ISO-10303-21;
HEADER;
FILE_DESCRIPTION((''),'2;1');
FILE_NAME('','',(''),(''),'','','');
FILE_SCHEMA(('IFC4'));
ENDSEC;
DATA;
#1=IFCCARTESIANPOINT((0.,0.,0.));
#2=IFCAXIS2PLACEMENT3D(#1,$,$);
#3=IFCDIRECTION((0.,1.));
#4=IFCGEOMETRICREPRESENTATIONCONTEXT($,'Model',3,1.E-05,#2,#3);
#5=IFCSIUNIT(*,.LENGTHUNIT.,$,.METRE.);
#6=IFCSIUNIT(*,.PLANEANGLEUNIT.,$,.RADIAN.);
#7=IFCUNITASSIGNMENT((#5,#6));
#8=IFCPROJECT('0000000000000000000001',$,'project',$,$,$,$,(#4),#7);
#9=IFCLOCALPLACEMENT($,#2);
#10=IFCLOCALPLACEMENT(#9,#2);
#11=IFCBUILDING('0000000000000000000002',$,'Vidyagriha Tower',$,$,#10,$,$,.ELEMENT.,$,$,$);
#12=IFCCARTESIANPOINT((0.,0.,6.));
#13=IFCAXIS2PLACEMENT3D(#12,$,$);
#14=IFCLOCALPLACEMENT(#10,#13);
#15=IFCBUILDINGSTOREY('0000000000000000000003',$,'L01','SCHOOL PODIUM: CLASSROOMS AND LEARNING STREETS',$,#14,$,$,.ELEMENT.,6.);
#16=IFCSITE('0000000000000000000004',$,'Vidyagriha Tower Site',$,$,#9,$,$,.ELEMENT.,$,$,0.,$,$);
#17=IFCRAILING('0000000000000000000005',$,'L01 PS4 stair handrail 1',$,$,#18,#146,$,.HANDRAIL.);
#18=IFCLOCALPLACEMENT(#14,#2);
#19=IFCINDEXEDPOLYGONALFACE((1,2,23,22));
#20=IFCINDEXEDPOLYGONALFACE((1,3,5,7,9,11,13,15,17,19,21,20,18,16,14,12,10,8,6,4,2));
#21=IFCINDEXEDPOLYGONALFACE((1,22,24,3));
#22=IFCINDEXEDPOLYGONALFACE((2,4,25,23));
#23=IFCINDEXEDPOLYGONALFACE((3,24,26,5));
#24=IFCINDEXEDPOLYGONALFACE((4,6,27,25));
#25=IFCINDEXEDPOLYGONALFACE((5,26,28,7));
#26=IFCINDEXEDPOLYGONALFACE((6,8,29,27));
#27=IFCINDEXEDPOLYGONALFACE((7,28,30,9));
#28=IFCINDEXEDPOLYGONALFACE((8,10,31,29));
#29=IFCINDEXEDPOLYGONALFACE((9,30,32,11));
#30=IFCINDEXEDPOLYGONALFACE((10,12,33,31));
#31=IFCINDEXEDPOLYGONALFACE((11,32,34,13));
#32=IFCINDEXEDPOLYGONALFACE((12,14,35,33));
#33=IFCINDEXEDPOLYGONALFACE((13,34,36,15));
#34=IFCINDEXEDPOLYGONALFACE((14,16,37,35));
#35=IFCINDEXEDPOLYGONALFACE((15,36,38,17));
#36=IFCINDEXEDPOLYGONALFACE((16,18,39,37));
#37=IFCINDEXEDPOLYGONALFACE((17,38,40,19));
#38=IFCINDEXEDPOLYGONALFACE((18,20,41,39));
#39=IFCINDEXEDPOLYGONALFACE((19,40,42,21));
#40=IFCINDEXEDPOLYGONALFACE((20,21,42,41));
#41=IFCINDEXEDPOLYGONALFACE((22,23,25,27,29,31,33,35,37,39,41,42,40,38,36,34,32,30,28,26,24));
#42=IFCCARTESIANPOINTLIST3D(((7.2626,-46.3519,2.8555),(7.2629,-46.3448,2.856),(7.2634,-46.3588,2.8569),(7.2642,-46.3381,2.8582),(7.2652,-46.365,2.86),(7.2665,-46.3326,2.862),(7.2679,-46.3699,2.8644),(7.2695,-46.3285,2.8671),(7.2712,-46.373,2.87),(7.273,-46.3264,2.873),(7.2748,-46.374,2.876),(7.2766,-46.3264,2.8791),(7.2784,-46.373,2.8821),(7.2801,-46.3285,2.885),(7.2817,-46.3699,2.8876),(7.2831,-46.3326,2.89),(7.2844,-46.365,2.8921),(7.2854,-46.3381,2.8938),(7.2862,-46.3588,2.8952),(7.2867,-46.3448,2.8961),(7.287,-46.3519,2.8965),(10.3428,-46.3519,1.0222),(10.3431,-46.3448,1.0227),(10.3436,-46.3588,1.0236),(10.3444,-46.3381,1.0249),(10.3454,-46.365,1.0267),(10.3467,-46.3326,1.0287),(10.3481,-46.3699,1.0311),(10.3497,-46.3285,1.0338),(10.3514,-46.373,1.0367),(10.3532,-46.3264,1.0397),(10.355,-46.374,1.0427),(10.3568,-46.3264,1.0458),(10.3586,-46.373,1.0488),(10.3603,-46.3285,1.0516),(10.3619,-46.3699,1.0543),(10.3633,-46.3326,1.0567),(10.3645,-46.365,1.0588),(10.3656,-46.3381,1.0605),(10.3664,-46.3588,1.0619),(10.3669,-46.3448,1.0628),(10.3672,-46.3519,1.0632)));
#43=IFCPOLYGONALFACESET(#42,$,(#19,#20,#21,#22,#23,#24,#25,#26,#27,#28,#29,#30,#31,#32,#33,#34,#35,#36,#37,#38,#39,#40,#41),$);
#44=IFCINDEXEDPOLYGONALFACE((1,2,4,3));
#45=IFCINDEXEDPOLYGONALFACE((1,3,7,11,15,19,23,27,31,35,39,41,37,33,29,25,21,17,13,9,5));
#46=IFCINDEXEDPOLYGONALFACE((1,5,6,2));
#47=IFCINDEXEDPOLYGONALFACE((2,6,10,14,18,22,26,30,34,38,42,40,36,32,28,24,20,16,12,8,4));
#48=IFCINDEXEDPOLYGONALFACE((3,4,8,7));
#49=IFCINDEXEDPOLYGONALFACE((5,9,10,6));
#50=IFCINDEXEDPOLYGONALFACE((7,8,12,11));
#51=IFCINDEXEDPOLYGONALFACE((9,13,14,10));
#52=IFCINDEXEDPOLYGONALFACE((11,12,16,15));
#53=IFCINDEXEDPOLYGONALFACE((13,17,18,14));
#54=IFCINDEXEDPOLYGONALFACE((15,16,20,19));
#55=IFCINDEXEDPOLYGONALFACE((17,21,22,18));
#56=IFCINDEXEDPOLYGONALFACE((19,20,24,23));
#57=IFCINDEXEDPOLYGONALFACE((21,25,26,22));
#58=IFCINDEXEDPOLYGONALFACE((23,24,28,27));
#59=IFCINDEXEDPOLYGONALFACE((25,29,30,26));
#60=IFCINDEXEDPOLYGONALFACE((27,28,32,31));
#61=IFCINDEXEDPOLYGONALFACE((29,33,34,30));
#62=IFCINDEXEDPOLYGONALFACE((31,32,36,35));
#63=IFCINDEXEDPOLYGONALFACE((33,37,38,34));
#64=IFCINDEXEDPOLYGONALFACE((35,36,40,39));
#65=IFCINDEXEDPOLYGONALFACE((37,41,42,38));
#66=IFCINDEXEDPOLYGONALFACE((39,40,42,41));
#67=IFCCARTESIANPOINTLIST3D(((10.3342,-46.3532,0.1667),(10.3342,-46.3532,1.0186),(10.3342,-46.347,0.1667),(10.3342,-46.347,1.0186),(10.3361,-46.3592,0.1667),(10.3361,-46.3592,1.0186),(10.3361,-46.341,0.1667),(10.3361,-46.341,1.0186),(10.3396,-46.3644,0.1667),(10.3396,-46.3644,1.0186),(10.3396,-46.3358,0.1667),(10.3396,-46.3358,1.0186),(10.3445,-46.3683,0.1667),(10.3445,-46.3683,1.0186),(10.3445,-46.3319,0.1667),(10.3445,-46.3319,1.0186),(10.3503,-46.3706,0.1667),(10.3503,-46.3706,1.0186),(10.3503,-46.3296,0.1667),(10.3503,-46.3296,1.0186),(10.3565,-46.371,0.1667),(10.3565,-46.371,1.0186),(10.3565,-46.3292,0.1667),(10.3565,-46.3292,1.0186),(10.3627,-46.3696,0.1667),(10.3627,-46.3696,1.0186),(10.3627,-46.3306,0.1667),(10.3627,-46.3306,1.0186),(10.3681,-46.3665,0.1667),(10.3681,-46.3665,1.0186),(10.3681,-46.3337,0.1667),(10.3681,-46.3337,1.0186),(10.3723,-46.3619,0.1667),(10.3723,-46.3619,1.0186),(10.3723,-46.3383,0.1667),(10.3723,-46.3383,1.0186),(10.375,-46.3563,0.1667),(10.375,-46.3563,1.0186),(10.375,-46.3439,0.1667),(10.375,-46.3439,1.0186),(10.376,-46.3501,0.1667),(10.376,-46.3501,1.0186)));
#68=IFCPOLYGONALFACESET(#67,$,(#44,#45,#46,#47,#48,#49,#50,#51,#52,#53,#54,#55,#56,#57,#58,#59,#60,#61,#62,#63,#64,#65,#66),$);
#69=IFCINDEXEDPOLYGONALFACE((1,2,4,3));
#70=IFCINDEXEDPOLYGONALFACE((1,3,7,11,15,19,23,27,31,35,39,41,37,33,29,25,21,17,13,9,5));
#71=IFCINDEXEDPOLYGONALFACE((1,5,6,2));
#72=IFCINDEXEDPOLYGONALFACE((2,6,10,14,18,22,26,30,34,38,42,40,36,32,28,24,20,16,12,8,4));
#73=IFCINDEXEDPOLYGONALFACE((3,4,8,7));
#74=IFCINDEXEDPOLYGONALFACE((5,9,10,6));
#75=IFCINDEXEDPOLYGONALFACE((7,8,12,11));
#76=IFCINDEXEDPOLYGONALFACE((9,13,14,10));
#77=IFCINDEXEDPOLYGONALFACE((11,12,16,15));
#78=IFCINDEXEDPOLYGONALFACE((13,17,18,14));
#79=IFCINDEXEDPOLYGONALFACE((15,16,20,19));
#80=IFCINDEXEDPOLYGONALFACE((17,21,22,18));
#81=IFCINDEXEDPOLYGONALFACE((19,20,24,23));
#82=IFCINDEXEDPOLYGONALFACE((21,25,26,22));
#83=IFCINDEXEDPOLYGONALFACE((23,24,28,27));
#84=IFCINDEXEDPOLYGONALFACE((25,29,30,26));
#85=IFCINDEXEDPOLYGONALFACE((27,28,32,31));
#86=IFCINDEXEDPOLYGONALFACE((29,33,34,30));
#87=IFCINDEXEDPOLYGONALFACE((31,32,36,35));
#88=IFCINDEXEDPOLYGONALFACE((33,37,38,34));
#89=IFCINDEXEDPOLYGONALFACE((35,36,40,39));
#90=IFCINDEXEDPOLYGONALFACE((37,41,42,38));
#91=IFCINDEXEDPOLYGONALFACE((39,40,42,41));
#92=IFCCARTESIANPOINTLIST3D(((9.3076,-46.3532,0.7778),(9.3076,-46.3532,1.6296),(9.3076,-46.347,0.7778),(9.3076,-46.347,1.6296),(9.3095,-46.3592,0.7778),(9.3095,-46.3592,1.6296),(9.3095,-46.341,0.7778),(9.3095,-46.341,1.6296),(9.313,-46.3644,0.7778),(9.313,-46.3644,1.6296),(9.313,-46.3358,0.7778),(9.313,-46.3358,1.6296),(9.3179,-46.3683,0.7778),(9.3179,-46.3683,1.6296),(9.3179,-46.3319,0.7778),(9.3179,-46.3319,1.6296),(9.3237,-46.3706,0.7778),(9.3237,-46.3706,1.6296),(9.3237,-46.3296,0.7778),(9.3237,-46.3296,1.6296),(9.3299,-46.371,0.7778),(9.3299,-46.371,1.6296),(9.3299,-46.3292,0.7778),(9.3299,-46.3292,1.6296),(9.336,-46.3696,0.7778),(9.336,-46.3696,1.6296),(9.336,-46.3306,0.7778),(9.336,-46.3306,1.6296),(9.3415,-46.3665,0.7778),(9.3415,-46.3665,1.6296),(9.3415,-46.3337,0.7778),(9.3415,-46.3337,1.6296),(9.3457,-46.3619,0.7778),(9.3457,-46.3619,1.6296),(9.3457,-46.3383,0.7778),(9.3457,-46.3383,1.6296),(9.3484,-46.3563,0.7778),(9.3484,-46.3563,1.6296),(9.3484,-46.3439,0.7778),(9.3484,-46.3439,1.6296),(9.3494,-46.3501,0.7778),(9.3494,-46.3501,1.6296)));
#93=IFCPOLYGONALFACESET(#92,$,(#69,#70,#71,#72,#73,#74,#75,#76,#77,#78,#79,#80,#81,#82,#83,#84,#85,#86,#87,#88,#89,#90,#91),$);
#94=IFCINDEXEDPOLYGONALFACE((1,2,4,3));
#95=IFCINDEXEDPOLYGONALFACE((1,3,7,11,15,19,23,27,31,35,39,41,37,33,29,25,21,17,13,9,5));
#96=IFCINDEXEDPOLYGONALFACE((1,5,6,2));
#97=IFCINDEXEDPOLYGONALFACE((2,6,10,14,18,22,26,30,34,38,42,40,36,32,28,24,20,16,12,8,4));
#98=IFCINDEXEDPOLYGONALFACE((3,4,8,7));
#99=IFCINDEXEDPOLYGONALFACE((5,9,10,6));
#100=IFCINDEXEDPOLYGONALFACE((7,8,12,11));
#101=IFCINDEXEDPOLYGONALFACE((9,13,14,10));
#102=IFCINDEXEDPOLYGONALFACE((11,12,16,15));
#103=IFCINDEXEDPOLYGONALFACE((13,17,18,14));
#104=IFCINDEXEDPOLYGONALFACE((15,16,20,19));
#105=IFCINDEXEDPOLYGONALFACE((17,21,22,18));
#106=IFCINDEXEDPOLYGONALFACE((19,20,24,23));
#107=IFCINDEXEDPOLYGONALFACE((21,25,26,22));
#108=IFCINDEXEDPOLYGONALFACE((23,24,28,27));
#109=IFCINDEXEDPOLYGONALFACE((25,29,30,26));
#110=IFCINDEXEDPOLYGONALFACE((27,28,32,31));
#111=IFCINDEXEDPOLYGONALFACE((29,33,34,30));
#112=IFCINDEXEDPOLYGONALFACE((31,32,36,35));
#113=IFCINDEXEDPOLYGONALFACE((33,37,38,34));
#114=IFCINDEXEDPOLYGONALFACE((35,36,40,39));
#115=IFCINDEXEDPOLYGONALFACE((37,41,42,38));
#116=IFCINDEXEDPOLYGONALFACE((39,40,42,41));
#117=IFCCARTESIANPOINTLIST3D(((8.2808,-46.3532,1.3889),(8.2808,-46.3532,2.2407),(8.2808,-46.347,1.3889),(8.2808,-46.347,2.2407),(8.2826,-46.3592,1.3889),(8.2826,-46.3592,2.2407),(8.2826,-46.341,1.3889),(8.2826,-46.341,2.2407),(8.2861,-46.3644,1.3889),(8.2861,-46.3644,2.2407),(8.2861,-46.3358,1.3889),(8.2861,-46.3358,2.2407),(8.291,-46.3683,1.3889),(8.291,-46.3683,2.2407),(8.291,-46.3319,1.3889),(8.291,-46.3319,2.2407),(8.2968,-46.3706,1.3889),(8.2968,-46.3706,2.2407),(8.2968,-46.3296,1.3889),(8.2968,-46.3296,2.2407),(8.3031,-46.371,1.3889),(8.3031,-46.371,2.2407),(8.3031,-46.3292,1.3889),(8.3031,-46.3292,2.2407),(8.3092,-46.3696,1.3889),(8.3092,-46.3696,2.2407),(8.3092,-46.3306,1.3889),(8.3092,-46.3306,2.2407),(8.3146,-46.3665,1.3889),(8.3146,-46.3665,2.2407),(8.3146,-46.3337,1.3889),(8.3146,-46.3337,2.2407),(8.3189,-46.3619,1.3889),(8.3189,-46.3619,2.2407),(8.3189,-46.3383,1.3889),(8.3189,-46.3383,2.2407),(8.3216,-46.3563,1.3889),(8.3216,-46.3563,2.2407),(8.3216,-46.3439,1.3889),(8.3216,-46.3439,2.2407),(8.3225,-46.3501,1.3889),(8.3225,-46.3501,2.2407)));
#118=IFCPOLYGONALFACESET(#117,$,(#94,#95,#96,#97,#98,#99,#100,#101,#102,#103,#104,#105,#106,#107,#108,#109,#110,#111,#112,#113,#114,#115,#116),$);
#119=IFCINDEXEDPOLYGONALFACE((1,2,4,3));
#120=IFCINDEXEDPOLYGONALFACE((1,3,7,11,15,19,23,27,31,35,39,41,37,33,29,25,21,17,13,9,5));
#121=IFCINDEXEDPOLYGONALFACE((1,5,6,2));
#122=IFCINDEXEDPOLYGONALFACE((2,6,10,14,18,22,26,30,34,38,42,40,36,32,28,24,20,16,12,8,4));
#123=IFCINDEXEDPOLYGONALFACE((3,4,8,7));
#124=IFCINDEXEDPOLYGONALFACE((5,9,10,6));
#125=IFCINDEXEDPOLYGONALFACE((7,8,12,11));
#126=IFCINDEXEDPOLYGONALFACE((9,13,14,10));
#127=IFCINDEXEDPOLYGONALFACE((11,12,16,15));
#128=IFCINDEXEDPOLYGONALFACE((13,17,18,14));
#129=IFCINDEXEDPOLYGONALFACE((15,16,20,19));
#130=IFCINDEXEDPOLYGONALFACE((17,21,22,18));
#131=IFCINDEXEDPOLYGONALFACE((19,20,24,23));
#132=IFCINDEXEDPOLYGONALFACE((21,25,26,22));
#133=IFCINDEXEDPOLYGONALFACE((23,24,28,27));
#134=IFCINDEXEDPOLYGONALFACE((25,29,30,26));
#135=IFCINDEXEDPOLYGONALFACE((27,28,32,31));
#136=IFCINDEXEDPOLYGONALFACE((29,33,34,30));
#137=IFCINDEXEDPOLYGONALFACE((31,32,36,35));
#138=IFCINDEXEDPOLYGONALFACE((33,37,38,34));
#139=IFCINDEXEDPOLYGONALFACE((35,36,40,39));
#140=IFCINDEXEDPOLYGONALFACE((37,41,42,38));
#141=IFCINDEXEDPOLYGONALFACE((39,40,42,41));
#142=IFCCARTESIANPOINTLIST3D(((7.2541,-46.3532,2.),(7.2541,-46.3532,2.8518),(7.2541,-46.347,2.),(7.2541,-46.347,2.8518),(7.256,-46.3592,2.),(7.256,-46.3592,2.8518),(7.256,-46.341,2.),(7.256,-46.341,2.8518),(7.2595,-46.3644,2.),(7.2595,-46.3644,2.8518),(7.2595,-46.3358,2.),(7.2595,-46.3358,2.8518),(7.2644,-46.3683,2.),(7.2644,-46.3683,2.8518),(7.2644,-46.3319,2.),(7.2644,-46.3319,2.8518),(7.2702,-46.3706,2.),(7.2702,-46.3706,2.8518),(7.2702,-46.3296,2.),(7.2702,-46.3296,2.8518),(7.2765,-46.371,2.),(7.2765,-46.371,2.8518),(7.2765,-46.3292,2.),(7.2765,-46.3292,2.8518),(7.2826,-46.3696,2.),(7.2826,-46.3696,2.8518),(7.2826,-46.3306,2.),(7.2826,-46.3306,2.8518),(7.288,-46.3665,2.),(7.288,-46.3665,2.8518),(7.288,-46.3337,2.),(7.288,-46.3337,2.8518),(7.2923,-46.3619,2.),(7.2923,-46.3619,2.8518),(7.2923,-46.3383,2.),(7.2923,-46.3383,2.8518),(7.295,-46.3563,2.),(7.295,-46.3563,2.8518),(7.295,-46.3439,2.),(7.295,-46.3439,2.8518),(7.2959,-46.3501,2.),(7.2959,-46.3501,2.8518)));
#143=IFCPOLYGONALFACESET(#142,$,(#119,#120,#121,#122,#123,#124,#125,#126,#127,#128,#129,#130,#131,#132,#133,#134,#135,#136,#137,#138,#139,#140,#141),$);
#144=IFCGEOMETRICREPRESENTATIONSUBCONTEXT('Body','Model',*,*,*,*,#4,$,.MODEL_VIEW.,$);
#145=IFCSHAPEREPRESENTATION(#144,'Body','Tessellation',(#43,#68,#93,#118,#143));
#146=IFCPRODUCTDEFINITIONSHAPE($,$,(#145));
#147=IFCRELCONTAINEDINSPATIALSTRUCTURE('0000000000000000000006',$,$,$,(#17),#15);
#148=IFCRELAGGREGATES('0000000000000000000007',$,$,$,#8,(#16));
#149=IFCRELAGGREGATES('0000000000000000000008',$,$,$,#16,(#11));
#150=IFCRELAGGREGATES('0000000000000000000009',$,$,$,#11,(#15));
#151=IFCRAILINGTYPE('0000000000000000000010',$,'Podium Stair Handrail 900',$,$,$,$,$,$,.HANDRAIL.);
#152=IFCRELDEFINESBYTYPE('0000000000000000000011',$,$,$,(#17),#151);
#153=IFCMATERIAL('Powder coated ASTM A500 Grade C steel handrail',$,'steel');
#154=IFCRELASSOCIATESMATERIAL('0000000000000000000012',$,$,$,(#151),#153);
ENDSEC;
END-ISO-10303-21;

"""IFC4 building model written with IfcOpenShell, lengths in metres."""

from ifc_helpers import new_model, si_unit, direction, frame, origin, origin_2d, place, context, subcontext, project, spatial, circle, extrude, material, type_object, element, save


model = new_model("IFC4")

# Units and contexts
model_context = context("Model", 3, precision=1e-05, world=origin(), true_north=direction((0.0, 1.0)))
body_context = subcontext(model_context, "Body", "Model", "MODEL_VIEW")
ifc_project = project(units=[si_unit("LENGTHUNIT", "METRE"), si_unit("PLANEANGLEUNIT", "RADIAN")], contexts=[model_context])

# Site, building, storey
site_placement = place(None, origin())
site = spatial("IfcSite", under=ifc_project, at=site_placement, Name="Vidyagriha Tower Site", CompositionType="ELEMENT", RefElevation=0.0)
building_placement = place(site_placement, origin())
building = spatial("IfcBuilding", under=site, at=building_placement, Name="Vidyagriha Tower", CompositionType="ELEMENT")
storey_placement = place(building_placement, frame((0.0, 0.0, 6.0)))
storey = spatial("IfcBuildingStorey", under=building, at=storey_placement, Name="L01", Description="SCHOOL PODIUM: CLASSROOMS AND LEARNING STREETS", CompositionType="ELEMENT", Elevation=6.0)

# Railing
ifc_material_1 = material(Name="Powder coated ASTM A500 Grade C steel handrail", Category="steel")
railing_type_1 = type_object("IfcRailingType", Name="Podium Stair Handrail 900", PredefinedType="HANDRAIL", material=ifc_material_1)
railing_1_placement = place(storey_placement, frame((10.355, -46.3501, 0.1667)))
element("IfcRailing", 1, at=railing_1_placement, inside=storey, type_object=railing_type_1, Name="L01 PS4 stair handrail 1", PredefinedType="HANDRAIL", context=body_context, shape_type="SweptSolid", body=[
    extrude(circle(Radius=0.0239, at=origin_2d()), frame((0.0, 0.0, 0.876), z_axis=(-0.859309, 0.0, 0.511458), x_axis=(0.0, -1.0, 0.0)), (0.0, 0.0, 1.0), 3.5845),
    extrude(circle(Radius=0.021, at=origin_2d()), origin(), (0.0, 0.0, 1.0), 0.8518),
    extrude(circle(Radius=0.021, at=origin_2d()), frame((-1.0266, 0.0, 0.6111)), (0.0, 0.0, 1.0), 0.8518),
    extrude(circle(Radius=0.021, at=origin_2d()), frame((-2.0535, 0.0, 1.2222)), (0.0, 0.0, 1.0), 0.8518),
    extrude(circle(Radius=0.021, at=origin_2d()), frame((-3.0801, 0.0, 1.8333)), (0.0, 0.0, 1.0), 0.8518),
])

save(model, "model.ifc")
